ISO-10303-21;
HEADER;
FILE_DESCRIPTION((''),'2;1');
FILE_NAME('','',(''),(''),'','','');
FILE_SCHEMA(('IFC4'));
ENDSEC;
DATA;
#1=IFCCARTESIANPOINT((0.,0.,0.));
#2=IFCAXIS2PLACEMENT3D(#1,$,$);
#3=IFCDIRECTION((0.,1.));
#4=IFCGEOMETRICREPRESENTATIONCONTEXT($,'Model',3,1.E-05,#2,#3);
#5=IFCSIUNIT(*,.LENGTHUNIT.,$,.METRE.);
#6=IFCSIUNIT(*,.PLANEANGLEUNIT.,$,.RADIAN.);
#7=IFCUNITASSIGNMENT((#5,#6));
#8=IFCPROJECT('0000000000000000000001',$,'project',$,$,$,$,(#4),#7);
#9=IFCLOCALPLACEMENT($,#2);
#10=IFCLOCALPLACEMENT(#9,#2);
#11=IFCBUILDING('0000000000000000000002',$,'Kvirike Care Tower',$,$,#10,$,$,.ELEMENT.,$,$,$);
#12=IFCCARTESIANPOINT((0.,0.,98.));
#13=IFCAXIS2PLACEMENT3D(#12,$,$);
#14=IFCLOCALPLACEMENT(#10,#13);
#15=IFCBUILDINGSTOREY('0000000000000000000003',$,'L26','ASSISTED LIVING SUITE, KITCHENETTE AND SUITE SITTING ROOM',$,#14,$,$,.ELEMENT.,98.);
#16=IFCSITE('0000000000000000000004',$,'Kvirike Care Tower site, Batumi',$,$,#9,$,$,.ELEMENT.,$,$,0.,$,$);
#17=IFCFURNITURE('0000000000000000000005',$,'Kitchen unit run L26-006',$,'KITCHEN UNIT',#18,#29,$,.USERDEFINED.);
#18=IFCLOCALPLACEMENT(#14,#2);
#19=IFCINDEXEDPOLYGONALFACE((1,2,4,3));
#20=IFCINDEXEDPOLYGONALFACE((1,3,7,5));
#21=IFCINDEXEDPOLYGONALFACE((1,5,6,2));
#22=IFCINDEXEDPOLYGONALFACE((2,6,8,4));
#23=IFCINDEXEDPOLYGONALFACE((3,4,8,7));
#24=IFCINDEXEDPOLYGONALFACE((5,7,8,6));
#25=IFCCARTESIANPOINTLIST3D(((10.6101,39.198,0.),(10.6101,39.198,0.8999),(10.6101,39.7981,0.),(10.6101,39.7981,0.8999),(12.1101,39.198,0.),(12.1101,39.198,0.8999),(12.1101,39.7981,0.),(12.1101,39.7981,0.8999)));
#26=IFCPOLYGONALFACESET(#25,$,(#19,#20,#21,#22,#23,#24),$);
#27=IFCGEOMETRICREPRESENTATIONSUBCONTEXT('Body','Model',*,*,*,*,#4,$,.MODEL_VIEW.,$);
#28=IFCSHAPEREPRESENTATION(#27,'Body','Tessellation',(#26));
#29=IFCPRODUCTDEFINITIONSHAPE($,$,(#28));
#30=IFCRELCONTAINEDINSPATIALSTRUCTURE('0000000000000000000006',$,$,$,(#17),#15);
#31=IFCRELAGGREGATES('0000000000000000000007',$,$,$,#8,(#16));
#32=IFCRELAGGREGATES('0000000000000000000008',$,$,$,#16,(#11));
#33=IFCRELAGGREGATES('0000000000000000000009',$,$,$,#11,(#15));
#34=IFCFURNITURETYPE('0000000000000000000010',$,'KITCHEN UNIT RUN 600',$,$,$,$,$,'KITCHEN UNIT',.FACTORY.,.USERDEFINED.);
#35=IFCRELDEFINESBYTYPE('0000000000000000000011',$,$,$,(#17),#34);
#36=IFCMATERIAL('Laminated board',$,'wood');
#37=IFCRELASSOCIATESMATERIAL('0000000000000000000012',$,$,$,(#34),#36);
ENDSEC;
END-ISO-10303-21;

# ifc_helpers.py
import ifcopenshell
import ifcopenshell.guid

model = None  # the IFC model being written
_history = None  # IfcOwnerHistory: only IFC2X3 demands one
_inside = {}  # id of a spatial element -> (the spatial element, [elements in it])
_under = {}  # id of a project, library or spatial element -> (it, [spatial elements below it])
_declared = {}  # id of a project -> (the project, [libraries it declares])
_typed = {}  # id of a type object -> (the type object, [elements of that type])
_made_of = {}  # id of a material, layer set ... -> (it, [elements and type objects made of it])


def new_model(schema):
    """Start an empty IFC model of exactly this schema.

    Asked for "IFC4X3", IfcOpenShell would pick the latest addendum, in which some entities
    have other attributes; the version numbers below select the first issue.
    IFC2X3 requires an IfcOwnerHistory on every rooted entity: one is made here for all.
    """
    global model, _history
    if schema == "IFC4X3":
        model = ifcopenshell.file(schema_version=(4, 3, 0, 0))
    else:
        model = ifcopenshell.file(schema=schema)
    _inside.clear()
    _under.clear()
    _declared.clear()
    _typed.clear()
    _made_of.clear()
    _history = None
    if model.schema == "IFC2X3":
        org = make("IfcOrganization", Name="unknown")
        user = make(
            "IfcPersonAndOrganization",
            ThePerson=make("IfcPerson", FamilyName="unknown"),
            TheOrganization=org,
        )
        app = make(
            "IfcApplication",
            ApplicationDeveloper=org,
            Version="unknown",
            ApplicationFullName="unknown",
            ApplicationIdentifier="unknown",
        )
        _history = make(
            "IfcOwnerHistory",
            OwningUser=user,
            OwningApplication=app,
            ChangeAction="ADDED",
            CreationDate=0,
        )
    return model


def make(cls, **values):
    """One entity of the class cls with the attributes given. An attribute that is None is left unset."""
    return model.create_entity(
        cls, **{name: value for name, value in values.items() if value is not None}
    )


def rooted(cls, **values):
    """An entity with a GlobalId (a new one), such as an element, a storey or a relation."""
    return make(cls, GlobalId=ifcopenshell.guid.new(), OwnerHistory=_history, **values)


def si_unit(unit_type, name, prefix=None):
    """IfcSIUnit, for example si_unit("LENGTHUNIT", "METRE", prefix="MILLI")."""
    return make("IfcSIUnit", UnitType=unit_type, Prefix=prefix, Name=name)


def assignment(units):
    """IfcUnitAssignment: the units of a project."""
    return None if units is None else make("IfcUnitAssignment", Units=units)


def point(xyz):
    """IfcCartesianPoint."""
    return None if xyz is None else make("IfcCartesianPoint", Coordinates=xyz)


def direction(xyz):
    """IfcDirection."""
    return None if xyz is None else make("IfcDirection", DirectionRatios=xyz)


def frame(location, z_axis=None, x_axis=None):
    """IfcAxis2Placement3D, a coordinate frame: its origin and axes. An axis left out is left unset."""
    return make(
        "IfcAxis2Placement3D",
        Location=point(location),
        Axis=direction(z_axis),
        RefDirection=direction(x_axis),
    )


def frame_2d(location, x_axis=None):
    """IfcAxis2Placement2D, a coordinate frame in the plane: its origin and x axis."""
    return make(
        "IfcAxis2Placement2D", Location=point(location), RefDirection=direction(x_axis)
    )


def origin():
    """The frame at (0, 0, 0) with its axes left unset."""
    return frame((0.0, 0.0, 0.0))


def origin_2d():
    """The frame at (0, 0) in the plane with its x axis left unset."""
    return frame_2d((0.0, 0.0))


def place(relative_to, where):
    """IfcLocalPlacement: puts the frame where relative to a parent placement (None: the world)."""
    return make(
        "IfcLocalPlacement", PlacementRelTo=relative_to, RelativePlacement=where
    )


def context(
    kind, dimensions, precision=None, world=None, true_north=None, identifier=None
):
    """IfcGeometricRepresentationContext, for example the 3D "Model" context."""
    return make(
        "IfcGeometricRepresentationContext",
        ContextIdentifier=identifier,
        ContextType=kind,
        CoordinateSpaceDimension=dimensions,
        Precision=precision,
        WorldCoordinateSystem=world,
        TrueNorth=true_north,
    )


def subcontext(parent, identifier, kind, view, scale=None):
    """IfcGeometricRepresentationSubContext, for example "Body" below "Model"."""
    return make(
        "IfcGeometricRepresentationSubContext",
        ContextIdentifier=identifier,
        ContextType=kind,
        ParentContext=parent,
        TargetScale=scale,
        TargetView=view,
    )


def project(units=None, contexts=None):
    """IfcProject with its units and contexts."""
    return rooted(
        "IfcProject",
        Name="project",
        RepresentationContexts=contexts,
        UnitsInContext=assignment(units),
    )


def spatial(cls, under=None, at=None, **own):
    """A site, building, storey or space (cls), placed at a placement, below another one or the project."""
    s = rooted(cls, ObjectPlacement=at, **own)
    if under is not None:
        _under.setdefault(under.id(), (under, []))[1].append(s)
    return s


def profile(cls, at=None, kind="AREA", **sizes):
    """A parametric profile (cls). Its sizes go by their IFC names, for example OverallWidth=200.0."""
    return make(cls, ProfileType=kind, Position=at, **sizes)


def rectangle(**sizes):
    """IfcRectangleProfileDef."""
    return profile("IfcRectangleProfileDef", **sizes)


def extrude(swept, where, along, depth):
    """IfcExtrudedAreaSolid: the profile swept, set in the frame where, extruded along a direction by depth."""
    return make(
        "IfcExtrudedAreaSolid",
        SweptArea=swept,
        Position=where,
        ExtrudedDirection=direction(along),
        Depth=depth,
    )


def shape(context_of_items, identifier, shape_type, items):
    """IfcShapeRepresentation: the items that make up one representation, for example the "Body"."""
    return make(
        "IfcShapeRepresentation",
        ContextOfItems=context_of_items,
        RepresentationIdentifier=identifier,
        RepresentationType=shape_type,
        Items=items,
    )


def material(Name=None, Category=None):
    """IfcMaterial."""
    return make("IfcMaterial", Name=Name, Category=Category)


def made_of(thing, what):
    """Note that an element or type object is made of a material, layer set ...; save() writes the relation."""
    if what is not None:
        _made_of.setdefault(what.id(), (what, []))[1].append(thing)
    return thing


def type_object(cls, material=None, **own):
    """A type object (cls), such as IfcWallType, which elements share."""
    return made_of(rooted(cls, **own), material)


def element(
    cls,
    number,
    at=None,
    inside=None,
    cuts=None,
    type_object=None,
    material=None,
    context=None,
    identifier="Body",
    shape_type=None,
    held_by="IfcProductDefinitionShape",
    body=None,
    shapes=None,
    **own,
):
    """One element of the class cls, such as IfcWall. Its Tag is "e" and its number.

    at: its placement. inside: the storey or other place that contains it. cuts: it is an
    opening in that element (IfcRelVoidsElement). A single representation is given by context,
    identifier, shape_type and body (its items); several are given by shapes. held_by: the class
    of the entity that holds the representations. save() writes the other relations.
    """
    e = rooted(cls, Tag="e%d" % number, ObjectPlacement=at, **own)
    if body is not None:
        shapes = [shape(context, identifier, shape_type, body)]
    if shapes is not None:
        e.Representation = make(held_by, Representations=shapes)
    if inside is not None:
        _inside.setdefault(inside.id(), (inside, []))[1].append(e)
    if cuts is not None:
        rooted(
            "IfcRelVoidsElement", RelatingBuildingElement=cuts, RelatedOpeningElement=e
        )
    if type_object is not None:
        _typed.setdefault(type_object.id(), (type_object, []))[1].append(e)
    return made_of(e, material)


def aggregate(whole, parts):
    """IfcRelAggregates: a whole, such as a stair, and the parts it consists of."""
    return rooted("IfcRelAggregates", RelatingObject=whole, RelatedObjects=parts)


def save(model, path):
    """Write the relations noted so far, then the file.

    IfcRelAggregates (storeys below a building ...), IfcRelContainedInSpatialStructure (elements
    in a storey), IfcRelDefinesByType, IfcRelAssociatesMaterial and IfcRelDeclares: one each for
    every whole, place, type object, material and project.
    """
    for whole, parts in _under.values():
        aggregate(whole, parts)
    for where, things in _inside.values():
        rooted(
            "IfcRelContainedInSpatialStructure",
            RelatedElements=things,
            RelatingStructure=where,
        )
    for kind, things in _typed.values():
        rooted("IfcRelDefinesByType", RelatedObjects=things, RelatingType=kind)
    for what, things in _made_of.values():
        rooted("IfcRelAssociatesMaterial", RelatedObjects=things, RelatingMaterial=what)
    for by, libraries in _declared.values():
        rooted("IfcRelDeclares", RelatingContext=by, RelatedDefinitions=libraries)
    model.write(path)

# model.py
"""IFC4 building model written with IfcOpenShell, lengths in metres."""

from ifc_helpers import new_model, si_unit, direction, frame, origin, origin_2d, place, context, subcontext, project, spatial, rectangle, extrude, material, type_object, element, save


model = new_model("IFC4")

# Units and contexts
model_context = context("Model", 3, precision=1e-05, world=origin(), true_north=direction((0.0, 1.0)))
body_context = subcontext(model_context, "Body", "Model", "MODEL_VIEW")
ifc_project = project(units=[si_unit("LENGTHUNIT", "METRE"), si_unit("PLANEANGLEUNIT", "RADIAN")], contexts=[model_context])

# Site, building, storey
site_placement = place(None, origin())
site = spatial("IfcSite", under=ifc_project, at=site_placement, Name="Kvirike Care Tower site, Batumi", CompositionType="ELEMENT", RefElevation=0.0)
building_placement = place(site_placement, origin())
building = spatial("IfcBuilding", under=site, at=building_placement, Name="Kvirike Care Tower", CompositionType="ELEMENT")
storey_placement = place(building_placement, frame((0.0, 0.0, 98.0)))
storey = spatial("IfcBuildingStorey", under=building, at=storey_placement, Name="L26", Description="ASSISTED LIVING SUITE, KITCHENETTE AND SUITE SITTING ROOM", CompositionType="ELEMENT", Elevation=98.0)

# Furniture
ifc_material_1 = material(Name="Laminated board", Category="wood")
furniture_type = type_object("IfcFurnitureType", Name="KITCHEN UNIT RUN 600", ElementType="KITCHEN UNIT", AssemblyPlace="FACTORY", PredefinedType="USERDEFINED", material=ifc_material_1)
furniture_placement = place(storey_placement, frame((11.3601, 39.498, 0.0), z_axis=(0.0, 0.0, 1.0), x_axis=(1.0, 0.0, 0.0)))
element("IfcFurniture", 1, at=furniture_placement, inside=storey, type_object=furniture_type, Name="Kitchen unit run L26-006", ObjectType="KITCHEN UNIT", PredefinedType="USERDEFINED", context=body_context, shape_type="SweptSolid", body=[
    extrude(rectangle(XDim=1.5, YDim=0.6001, at=origin_2d()), origin(), (0.0, 0.0, 1.0), 0.8999),
])

save(model, "model.ifc")
